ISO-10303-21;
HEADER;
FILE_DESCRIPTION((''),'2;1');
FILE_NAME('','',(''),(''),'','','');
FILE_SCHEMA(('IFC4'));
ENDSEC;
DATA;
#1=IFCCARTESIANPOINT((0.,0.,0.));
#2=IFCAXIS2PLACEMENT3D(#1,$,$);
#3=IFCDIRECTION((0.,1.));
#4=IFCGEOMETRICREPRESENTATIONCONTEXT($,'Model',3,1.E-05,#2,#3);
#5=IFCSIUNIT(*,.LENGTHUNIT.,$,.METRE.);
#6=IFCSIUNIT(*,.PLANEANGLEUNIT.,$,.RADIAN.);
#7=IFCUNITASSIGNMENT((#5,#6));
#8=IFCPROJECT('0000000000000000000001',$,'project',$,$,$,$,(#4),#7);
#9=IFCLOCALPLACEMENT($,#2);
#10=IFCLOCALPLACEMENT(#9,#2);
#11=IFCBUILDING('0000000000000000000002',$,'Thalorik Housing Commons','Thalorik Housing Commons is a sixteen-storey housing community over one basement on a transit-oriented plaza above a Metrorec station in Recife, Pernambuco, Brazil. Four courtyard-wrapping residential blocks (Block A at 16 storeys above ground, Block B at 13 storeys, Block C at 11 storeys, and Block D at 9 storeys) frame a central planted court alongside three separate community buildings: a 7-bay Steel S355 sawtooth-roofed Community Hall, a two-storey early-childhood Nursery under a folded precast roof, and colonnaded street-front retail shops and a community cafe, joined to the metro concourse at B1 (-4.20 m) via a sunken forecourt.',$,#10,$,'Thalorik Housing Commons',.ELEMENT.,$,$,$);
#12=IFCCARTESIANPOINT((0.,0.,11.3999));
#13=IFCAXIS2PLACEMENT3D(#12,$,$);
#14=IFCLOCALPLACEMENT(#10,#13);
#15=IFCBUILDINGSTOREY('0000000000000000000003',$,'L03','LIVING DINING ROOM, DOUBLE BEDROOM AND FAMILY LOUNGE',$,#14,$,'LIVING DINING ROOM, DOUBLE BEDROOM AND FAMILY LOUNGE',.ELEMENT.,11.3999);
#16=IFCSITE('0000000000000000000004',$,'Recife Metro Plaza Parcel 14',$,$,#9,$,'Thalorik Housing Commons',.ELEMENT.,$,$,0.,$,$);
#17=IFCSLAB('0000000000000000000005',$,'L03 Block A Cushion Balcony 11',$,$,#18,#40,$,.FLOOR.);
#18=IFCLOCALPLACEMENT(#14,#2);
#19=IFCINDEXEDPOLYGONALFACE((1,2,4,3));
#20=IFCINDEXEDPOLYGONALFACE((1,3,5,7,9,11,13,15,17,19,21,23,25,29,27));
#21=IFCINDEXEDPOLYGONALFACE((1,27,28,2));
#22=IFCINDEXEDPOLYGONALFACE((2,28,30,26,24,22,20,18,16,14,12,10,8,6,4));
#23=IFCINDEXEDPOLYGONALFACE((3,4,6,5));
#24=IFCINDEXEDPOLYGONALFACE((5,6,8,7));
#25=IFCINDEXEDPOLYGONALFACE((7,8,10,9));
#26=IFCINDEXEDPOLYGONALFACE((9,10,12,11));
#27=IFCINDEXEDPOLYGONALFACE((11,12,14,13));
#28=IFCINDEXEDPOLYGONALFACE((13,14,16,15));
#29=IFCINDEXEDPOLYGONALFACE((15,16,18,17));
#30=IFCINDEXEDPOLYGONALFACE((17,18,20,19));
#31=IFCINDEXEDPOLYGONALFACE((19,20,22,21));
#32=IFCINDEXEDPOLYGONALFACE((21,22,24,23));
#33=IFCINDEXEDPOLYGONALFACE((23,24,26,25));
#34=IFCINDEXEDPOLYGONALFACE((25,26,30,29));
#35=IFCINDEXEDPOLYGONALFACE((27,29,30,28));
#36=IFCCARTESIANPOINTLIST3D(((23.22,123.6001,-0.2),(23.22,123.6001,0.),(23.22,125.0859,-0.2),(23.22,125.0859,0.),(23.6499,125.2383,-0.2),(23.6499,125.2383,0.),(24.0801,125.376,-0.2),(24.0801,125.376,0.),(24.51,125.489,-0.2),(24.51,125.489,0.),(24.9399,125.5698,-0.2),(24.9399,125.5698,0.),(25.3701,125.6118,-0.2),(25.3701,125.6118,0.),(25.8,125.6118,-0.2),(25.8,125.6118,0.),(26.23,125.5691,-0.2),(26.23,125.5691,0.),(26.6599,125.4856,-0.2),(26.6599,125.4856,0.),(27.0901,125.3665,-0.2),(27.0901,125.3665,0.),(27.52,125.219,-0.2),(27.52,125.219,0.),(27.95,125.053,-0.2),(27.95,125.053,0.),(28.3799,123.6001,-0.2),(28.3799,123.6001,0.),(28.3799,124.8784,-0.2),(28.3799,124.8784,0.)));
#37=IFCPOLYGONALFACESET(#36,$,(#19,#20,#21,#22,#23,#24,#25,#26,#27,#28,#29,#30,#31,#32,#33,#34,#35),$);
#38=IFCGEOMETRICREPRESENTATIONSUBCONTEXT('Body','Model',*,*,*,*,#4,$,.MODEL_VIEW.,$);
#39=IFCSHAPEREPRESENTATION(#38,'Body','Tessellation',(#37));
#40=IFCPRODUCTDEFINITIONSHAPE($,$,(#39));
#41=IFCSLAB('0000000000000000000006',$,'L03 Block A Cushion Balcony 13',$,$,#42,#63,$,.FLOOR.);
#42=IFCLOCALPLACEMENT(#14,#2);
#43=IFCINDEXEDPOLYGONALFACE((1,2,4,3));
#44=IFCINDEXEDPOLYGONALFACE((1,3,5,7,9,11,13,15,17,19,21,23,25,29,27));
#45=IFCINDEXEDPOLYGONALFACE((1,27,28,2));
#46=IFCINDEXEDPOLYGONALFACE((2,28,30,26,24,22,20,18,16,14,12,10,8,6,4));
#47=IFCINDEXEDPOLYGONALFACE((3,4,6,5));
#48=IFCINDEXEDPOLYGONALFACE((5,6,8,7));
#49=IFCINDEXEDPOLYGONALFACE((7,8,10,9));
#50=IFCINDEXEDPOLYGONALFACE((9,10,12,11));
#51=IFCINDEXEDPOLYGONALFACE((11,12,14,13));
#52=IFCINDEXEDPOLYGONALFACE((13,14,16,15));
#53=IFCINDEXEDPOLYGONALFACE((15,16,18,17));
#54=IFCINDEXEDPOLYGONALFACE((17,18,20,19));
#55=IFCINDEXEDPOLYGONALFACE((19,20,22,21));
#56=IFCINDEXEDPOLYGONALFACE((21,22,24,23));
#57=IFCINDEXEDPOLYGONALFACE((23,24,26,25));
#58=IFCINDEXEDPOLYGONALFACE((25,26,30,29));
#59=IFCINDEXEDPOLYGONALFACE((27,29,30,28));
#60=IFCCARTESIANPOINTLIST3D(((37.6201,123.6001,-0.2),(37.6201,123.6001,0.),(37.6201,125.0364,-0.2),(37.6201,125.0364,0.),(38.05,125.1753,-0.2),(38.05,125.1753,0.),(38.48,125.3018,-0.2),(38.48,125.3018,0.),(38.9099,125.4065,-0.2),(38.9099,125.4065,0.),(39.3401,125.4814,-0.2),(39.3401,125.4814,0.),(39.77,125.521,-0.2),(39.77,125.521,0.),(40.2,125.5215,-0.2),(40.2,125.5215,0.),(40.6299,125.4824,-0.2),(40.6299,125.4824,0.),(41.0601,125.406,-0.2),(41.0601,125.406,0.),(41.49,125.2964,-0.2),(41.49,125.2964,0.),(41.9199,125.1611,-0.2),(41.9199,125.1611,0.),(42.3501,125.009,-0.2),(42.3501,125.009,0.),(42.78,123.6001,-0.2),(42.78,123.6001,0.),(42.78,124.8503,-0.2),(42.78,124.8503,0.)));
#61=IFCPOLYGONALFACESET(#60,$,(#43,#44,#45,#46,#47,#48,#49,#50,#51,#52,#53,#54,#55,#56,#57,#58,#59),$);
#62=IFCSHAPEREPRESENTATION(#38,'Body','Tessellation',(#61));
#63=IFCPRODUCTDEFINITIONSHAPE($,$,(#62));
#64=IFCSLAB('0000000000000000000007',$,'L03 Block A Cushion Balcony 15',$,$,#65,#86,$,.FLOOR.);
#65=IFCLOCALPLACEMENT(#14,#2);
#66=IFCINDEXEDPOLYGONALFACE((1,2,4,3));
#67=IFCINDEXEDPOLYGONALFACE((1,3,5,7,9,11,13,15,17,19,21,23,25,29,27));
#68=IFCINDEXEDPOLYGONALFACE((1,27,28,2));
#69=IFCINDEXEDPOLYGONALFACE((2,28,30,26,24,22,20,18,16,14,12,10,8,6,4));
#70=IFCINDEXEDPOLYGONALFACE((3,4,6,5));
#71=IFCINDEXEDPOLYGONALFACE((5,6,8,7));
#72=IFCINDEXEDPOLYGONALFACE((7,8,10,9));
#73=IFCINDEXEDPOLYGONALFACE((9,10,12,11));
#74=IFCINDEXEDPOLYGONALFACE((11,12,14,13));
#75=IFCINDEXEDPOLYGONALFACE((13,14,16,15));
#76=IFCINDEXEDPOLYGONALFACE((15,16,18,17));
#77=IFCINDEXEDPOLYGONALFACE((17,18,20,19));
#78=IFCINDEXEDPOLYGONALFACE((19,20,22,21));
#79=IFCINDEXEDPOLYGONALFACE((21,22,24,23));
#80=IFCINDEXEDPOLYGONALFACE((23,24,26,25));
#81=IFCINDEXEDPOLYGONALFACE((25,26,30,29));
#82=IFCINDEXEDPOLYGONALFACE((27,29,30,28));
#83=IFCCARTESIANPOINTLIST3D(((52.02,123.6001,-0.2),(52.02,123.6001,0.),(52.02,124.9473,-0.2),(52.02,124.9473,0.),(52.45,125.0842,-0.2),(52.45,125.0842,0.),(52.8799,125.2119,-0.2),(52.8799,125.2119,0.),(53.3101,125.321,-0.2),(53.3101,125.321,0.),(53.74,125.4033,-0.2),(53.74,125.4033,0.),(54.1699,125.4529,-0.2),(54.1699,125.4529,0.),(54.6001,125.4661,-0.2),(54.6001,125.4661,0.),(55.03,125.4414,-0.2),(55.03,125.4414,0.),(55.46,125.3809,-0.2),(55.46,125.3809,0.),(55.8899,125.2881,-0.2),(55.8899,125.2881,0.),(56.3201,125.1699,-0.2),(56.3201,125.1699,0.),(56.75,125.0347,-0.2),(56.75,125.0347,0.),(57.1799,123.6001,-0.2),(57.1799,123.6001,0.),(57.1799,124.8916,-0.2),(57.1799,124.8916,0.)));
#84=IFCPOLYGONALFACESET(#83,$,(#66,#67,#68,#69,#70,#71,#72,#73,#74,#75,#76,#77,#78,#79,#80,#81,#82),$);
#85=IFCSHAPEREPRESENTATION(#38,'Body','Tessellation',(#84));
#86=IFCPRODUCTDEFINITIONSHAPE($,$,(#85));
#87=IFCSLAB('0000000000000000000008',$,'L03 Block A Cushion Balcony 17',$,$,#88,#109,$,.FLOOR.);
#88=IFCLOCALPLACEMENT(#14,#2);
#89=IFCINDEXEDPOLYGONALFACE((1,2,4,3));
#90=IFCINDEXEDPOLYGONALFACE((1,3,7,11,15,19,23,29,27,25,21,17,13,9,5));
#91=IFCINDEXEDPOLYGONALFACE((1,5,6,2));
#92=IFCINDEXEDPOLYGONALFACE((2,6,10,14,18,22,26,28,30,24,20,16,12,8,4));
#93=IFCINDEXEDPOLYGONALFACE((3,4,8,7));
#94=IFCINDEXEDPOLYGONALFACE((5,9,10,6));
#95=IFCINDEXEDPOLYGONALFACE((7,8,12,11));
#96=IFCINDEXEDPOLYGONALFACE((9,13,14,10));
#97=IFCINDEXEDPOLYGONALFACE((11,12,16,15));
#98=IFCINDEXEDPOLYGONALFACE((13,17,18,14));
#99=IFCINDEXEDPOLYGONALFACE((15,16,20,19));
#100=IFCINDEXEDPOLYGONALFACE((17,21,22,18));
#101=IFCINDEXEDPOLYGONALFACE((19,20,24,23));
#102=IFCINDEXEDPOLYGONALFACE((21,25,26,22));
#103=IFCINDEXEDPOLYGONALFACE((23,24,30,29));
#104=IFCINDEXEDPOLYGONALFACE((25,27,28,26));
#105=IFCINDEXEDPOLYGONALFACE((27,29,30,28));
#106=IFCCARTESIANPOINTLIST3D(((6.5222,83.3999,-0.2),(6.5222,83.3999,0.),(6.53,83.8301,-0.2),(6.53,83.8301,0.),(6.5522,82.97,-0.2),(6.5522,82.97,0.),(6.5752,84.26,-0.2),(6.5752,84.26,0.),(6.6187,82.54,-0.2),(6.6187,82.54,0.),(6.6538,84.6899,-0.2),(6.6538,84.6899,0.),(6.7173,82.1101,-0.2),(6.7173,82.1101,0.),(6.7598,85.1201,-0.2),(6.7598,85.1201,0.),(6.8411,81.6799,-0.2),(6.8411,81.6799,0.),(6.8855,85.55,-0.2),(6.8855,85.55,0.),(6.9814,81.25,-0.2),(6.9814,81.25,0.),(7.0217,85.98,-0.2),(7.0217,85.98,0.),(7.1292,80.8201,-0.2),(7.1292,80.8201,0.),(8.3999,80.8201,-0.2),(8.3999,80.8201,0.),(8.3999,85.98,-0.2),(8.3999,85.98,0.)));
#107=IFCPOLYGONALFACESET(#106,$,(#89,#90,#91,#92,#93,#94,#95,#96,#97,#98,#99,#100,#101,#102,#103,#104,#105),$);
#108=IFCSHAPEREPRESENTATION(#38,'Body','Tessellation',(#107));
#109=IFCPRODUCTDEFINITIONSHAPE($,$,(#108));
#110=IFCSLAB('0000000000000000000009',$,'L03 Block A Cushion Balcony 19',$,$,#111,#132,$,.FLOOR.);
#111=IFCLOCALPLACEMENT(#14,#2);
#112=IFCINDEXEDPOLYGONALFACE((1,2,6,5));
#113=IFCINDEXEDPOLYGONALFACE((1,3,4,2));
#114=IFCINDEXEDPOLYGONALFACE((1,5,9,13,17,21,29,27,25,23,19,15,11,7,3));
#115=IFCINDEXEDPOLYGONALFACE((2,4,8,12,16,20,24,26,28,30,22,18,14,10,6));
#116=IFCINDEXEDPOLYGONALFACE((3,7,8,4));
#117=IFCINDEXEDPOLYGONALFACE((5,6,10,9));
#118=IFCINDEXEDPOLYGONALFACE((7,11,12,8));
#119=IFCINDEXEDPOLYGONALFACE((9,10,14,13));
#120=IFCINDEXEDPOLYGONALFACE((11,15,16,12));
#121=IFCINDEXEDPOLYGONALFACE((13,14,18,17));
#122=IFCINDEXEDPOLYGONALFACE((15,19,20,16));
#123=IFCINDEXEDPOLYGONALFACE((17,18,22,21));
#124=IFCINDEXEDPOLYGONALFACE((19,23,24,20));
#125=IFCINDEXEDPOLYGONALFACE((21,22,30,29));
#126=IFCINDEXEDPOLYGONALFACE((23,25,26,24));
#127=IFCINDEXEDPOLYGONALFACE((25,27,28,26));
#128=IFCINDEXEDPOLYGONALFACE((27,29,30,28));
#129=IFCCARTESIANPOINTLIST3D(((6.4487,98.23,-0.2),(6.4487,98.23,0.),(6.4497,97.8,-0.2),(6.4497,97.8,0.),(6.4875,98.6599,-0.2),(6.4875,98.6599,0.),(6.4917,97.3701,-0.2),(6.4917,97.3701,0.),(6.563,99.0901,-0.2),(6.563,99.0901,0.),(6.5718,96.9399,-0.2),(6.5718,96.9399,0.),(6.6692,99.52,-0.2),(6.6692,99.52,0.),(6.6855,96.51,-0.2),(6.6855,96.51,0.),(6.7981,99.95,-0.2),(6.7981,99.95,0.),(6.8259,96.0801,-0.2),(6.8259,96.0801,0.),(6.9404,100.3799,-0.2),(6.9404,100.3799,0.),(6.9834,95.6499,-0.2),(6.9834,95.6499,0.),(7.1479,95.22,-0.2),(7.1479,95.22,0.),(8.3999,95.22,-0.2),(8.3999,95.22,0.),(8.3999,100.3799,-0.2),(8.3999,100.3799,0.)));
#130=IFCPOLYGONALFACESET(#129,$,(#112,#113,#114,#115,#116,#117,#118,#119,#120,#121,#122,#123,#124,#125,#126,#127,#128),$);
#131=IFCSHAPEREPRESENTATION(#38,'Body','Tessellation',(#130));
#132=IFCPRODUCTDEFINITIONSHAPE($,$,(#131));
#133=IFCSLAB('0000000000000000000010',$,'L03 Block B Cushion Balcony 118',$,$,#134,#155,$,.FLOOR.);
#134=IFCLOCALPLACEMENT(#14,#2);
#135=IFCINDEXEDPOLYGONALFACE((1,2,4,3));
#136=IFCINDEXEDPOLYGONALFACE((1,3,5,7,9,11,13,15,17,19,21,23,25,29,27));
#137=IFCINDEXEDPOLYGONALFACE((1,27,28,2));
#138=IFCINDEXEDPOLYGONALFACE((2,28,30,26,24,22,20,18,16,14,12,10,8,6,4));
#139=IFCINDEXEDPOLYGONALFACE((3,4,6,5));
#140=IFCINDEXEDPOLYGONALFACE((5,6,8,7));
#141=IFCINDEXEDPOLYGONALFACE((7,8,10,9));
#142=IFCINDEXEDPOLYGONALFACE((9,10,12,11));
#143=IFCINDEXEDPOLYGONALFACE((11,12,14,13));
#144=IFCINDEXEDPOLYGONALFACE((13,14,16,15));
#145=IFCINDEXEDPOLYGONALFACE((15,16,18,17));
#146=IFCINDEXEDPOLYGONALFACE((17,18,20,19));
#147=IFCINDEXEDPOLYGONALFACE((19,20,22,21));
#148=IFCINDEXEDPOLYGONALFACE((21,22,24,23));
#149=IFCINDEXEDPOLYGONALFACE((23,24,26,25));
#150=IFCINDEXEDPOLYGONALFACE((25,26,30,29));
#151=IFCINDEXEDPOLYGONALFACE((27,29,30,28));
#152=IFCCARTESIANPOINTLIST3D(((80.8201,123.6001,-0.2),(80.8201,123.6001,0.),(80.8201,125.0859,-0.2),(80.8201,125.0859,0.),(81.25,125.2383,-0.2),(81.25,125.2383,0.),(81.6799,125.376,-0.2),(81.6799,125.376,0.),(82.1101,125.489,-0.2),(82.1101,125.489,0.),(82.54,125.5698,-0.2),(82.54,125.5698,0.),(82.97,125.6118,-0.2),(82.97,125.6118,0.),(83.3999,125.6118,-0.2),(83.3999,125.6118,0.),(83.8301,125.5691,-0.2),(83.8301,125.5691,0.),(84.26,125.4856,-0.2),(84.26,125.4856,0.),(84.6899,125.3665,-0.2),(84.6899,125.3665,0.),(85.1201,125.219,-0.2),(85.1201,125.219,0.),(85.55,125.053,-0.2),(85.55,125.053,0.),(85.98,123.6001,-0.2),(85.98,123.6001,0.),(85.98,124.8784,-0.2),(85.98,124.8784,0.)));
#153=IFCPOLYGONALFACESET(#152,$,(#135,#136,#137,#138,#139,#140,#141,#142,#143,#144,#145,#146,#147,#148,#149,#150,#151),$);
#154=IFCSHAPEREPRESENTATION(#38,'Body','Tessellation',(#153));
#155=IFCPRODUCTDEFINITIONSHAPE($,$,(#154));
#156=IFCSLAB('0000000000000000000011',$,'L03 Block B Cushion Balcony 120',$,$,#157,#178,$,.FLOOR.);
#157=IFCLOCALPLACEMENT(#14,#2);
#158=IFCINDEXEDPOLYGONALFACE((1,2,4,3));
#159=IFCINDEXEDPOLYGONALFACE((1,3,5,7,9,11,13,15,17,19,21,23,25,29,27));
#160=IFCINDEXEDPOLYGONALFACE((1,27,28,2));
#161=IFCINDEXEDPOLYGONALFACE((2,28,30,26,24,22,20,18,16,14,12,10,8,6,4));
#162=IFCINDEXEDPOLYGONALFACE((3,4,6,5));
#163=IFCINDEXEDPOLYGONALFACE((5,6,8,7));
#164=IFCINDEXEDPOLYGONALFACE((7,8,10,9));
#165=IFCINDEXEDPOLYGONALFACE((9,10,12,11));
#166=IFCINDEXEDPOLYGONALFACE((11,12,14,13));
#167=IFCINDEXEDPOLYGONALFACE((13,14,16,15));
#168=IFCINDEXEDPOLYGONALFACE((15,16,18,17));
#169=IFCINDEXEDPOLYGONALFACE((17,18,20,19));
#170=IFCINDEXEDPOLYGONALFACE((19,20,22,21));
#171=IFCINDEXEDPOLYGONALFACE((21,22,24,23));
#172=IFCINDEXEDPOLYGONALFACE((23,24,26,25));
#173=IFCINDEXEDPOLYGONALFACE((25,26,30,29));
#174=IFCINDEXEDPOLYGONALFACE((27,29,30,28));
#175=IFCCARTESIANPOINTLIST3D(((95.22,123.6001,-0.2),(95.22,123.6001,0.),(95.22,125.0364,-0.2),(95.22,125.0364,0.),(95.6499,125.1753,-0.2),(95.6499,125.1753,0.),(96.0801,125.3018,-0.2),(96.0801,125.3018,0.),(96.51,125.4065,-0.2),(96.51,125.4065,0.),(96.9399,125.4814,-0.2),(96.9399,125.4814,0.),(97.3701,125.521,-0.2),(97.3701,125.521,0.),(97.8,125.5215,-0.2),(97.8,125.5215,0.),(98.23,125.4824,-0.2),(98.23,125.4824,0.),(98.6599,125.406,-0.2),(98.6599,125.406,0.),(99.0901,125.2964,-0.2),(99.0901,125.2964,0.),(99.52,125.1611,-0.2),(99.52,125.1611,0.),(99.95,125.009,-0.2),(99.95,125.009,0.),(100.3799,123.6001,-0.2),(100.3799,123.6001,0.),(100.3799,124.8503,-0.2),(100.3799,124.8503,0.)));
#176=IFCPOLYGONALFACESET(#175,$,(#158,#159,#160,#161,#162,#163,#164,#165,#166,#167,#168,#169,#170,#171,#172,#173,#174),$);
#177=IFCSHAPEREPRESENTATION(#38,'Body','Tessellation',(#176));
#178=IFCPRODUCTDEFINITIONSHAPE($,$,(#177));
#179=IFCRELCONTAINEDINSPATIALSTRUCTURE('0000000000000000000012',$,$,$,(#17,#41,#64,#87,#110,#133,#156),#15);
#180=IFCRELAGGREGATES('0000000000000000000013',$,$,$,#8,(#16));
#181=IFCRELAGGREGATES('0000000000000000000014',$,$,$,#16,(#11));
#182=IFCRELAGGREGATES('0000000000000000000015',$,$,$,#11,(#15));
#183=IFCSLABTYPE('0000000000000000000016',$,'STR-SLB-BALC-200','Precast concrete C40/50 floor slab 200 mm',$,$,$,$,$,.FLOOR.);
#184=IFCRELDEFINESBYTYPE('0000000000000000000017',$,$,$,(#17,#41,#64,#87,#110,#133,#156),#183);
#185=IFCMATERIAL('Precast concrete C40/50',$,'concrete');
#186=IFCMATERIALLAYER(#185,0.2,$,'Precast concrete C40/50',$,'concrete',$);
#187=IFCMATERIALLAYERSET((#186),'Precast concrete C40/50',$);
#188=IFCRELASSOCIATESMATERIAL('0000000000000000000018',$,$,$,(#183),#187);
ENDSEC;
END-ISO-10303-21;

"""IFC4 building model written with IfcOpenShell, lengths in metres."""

from ifc_helpers import new_model, si_unit, direction, frame, origin, place, context, subcontext, project, spatial, polyline, outline, extrude, material, layer, layer_set, type_object, element, save


model = new_model("IFC4")

# Units and contexts
model_context = context("Model", 3, precision=1e-05, world=origin(), true_north=direction((0.0, 1.0)))
body_context = subcontext(model_context, "Body", "Model", "MODEL_VIEW")
ifc_project = project(units=[si_unit("LENGTHUNIT", "METRE"), si_unit("PLANEANGLEUNIT", "RADIAN")], contexts=[model_context])

# Site, building, storey
site_placement = place(None, origin())
site = spatial("IfcSite", under=ifc_project, at=site_placement, Name="Recife Metro Plaza Parcel 14", LongName="Thalorik Housing Commons", CompositionType="ELEMENT", RefElevation=0.0)
building_placement = place(site_placement, origin())
building = spatial("IfcBuilding", under=site, at=building_placement, Name="Thalorik Housing Commons", Description="Thalorik Housing Commons is a sixteen-storey housing community over one basement on a transit-oriented plaza above a Metrorec station in Recife, Pernambuco, Brazil. Four courtyard-wrapping residential blocks (Block A at 16 storeys above ground, Block B at 13 storeys, Block C at 11 storeys, and Block D at 9 storeys) frame a central planted court alongside three separate community buildings: a 7-bay Steel S355 sawtooth-roofed Community Hall, a two-storey early-childhood Nursery under a folded precast roof, and colonnaded street-front retail shops and a community cafe, joined to the metro concourse at B1 (-4.20 m) via a sunken forecourt.", LongName="Thalorik Housing Commons", CompositionType="ELEMENT")
storey_placement = place(building_placement, frame((0.0, 0.0, 11.3999)))
storey = spatial("IfcBuildingStorey", under=building, at=storey_placement, Name="L03", Description="LIVING DINING ROOM, DOUBLE BEDROOM AND FAMILY LOUNGE", LongName="LIVING DINING ROOM, DOUBLE BEDROOM AND FAMILY LOUNGE", CompositionType="ELEMENT", Elevation=11.3999)

# Slabs
ifc_material_1 = material(Name="Precast concrete C40/50", Category="concrete")
ifc_layer_1 = layer(ifc_material_1, 0.2, Name="Precast concrete C40/50", Category="concrete")
ifc_layer_set_1 = layer_set([ifc_layer_1], Name="Precast concrete C40/50")
slab_type_1 = type_object("IfcSlabType", Name="STR-SLB-BALC-200", Description="Precast concrete C40/50 floor slab 200 mm", PredefinedType="FLOOR", material=ifc_layer_set_1)
slab_1_placement = place(storey_placement, frame((0.0, 0.0, -0.2)))
element("IfcSlab", 1, at=slab_1_placement, inside=storey, type_object=slab_type_1, Name="L03 Block A Cushion Balcony 11", PredefinedType="FLOOR", context=body_context, shape_type="SweptSolid", body=[
    extrude(outline(polyline([(23.22, 123.6001), (28.3799, 123.6001), (28.3799, 124.8784), (27.95, 125.053), (27.52, 125.219), (27.0901, 125.3665), (26.6599, 125.4856), (26.23, 125.5691), (25.8, 125.6118), (25.3701, 125.6118), (24.9399, 125.5698), (24.51, 125.489), (24.0801, 125.376), (23.6499, 125.2383), (23.22, 125.0859), (23.22, 123.6001)])), origin(), (0.0, 0.0, 1.0), 0.2),
])
slab_2_placement = place(storey_placement, frame((0.0, 0.0, -0.2)))
element("IfcSlab", 2, at=slab_2_placement, inside=storey, type_object=slab_type_1, Name="L03 Block A Cushion Balcony 13", PredefinedType="FLOOR", context=body_context, shape_type="SweptSolid", body=[
    extrude(outline(polyline([(37.6201, 123.6001), (42.78, 123.6001), (42.78, 124.8503), (42.3501, 125.009), (41.9199, 125.1611), (41.49, 125.2964), (41.0601, 125.406), (40.6299, 125.4824), (40.2, 125.5215), (39.77, 125.521), (39.3401, 125.4814), (38.9099, 125.4065), (38.48, 125.3018), (38.05, 125.1753), (37.6201, 125.0364), (37.6201, 123.6001)])), origin(), (0.0, 0.0, 1.0), 0.2),
])
slab_3_placement = place(storey_placement, frame((0.0, 0.0, -0.2)))
element("IfcSlab", 3, at=slab_3_placement, inside=storey, type_object=slab_type_1, Name="L03 Block A Cushion Balcony 15", PredefinedType="FLOOR", context=body_context, shape_type="SweptSolid", body=[
    extrude(outline(polyline([(52.02, 123.6001), (57.1799, 123.6001), (57.1799, 124.8916), (56.75, 125.0347), (56.3201, 125.1699), (55.8899, 125.2881), (55.46, 125.3809), (55.03, 125.4414), (54.6001, 125.4661), (54.1699, 125.4529), (53.74, 125.4033), (53.3101, 125.321), (52.8799, 125.2119), (52.45, 125.0842), (52.02, 124.9473), (52.02, 123.6001)])), origin(), (0.0, 0.0, 1.0), 0.2),
])
slab_4_placement = place(storey_placement, frame((0.0, 0.0, -0.2)))
element("IfcSlab", 4, at=slab_4_placement, inside=storey, type_object=slab_type_1, Name="L03 Block A Cushion Balcony 17", PredefinedType="FLOOR", context=body_context, shape_type="SweptSolid", body=[
    extrude(outline(polyline([(8.3999, 80.8201), (8.3999, 85.98), (7.0217, 85.98), (6.8855, 85.55), (6.7598, 85.1201), (6.6538, 84.6899), (6.5752, 84.26), (6.53, 83.8301), (6.5222, 83.3999), (6.5522, 82.97), (6.6187, 82.54), (6.7173, 82.1101), (6.8411, 81.6799), (6.9814, 81.25), (7.1292, 80.8201), (8.3999, 80.8201)])), origin(), (0.0, 0.0, 1.0), 0.2),
])
slab_5_placement = place(storey_placement, frame((0.0, 0.0, -0.2)))
element("IfcSlab", 5, at=slab_5_placement, inside=storey, type_object=slab_type_1, Name="L03 Block A Cushion Balcony 19", PredefinedType="FLOOR", context=body_context, shape_type="SweptSolid", body=[
    extrude(outline(polyline([(8.3999, 95.22), (8.3999, 100.3799), (6.9404, 100.3799), (6.7981, 99.95), (6.6692, 99.52), (6.563, 99.0901), (6.4875, 98.6599), (6.4487, 98.23), (6.4497, 97.8), (6.4917, 97.3701), (6.5718, 96.9399), (6.6855, 96.51), (6.8259, 96.0801), (6.9834, 95.6499), (7.1479, 95.22), (8.3999, 95.22)])), origin(), (0.0, 0.0, 1.0), 0.2),
])
slab_6_placement = place(storey_placement, frame((0.0, 0.0, -0.2)))
element("IfcSlab", 6, at=slab_6_placement, inside=storey, type_object=slab_type_1, Name="L03 Block B Cushion Balcony 118", PredefinedType="FLOOR", context=body_context, shape_type="SweptSolid", body=[
    extrude(outline(polyline([(80.8201, 123.6001), (85.98, 123.6001), (85.98, 124.8784), (85.55, 125.053), (85.1201, 125.219), (84.6899, 125.3665), (84.26, 125.4856), (83.8301, 125.5691), (83.3999, 125.6118), (82.97, 125.6118), (82.54, 125.5698), (82.1101, 125.489), (81.6799, 125.376), (81.25, 125.2383), (80.8201, 125.0859), (80.8201, 123.6001)])), origin(), (0.0, 0.0, 1.0), 0.2),
])
slab_7_placement = place(storey_placement, frame((0.0, 0.0, -0.2)))
element("IfcSlab", 7, at=slab_7_placement, inside=storey, type_object=slab_type_1, Name="L03 Block B Cushion Balcony 120", PredefinedType="FLOOR", context=body_context, shape_type="SweptSolid", body=[
    extrude(outline(polyline([(95.22, 123.6001), (100.3799, 123.6001), (100.3799, 124.8503), (99.95, 125.009), (99.52, 125.1611), (99.0901, 125.2964), (98.6599, 125.406), (98.23, 125.4824), (97.8, 125.5215), (97.3701, 125.521), (96.9399, 125.4814), (96.51, 125.4065), (96.0801, 125.3018), (95.6499, 125.1753), (95.22, 125.0364), (95.22, 123.6001)])), origin(), (0.0, 0.0, 1.0), 0.2),
])

save(model, "model.ifc")
